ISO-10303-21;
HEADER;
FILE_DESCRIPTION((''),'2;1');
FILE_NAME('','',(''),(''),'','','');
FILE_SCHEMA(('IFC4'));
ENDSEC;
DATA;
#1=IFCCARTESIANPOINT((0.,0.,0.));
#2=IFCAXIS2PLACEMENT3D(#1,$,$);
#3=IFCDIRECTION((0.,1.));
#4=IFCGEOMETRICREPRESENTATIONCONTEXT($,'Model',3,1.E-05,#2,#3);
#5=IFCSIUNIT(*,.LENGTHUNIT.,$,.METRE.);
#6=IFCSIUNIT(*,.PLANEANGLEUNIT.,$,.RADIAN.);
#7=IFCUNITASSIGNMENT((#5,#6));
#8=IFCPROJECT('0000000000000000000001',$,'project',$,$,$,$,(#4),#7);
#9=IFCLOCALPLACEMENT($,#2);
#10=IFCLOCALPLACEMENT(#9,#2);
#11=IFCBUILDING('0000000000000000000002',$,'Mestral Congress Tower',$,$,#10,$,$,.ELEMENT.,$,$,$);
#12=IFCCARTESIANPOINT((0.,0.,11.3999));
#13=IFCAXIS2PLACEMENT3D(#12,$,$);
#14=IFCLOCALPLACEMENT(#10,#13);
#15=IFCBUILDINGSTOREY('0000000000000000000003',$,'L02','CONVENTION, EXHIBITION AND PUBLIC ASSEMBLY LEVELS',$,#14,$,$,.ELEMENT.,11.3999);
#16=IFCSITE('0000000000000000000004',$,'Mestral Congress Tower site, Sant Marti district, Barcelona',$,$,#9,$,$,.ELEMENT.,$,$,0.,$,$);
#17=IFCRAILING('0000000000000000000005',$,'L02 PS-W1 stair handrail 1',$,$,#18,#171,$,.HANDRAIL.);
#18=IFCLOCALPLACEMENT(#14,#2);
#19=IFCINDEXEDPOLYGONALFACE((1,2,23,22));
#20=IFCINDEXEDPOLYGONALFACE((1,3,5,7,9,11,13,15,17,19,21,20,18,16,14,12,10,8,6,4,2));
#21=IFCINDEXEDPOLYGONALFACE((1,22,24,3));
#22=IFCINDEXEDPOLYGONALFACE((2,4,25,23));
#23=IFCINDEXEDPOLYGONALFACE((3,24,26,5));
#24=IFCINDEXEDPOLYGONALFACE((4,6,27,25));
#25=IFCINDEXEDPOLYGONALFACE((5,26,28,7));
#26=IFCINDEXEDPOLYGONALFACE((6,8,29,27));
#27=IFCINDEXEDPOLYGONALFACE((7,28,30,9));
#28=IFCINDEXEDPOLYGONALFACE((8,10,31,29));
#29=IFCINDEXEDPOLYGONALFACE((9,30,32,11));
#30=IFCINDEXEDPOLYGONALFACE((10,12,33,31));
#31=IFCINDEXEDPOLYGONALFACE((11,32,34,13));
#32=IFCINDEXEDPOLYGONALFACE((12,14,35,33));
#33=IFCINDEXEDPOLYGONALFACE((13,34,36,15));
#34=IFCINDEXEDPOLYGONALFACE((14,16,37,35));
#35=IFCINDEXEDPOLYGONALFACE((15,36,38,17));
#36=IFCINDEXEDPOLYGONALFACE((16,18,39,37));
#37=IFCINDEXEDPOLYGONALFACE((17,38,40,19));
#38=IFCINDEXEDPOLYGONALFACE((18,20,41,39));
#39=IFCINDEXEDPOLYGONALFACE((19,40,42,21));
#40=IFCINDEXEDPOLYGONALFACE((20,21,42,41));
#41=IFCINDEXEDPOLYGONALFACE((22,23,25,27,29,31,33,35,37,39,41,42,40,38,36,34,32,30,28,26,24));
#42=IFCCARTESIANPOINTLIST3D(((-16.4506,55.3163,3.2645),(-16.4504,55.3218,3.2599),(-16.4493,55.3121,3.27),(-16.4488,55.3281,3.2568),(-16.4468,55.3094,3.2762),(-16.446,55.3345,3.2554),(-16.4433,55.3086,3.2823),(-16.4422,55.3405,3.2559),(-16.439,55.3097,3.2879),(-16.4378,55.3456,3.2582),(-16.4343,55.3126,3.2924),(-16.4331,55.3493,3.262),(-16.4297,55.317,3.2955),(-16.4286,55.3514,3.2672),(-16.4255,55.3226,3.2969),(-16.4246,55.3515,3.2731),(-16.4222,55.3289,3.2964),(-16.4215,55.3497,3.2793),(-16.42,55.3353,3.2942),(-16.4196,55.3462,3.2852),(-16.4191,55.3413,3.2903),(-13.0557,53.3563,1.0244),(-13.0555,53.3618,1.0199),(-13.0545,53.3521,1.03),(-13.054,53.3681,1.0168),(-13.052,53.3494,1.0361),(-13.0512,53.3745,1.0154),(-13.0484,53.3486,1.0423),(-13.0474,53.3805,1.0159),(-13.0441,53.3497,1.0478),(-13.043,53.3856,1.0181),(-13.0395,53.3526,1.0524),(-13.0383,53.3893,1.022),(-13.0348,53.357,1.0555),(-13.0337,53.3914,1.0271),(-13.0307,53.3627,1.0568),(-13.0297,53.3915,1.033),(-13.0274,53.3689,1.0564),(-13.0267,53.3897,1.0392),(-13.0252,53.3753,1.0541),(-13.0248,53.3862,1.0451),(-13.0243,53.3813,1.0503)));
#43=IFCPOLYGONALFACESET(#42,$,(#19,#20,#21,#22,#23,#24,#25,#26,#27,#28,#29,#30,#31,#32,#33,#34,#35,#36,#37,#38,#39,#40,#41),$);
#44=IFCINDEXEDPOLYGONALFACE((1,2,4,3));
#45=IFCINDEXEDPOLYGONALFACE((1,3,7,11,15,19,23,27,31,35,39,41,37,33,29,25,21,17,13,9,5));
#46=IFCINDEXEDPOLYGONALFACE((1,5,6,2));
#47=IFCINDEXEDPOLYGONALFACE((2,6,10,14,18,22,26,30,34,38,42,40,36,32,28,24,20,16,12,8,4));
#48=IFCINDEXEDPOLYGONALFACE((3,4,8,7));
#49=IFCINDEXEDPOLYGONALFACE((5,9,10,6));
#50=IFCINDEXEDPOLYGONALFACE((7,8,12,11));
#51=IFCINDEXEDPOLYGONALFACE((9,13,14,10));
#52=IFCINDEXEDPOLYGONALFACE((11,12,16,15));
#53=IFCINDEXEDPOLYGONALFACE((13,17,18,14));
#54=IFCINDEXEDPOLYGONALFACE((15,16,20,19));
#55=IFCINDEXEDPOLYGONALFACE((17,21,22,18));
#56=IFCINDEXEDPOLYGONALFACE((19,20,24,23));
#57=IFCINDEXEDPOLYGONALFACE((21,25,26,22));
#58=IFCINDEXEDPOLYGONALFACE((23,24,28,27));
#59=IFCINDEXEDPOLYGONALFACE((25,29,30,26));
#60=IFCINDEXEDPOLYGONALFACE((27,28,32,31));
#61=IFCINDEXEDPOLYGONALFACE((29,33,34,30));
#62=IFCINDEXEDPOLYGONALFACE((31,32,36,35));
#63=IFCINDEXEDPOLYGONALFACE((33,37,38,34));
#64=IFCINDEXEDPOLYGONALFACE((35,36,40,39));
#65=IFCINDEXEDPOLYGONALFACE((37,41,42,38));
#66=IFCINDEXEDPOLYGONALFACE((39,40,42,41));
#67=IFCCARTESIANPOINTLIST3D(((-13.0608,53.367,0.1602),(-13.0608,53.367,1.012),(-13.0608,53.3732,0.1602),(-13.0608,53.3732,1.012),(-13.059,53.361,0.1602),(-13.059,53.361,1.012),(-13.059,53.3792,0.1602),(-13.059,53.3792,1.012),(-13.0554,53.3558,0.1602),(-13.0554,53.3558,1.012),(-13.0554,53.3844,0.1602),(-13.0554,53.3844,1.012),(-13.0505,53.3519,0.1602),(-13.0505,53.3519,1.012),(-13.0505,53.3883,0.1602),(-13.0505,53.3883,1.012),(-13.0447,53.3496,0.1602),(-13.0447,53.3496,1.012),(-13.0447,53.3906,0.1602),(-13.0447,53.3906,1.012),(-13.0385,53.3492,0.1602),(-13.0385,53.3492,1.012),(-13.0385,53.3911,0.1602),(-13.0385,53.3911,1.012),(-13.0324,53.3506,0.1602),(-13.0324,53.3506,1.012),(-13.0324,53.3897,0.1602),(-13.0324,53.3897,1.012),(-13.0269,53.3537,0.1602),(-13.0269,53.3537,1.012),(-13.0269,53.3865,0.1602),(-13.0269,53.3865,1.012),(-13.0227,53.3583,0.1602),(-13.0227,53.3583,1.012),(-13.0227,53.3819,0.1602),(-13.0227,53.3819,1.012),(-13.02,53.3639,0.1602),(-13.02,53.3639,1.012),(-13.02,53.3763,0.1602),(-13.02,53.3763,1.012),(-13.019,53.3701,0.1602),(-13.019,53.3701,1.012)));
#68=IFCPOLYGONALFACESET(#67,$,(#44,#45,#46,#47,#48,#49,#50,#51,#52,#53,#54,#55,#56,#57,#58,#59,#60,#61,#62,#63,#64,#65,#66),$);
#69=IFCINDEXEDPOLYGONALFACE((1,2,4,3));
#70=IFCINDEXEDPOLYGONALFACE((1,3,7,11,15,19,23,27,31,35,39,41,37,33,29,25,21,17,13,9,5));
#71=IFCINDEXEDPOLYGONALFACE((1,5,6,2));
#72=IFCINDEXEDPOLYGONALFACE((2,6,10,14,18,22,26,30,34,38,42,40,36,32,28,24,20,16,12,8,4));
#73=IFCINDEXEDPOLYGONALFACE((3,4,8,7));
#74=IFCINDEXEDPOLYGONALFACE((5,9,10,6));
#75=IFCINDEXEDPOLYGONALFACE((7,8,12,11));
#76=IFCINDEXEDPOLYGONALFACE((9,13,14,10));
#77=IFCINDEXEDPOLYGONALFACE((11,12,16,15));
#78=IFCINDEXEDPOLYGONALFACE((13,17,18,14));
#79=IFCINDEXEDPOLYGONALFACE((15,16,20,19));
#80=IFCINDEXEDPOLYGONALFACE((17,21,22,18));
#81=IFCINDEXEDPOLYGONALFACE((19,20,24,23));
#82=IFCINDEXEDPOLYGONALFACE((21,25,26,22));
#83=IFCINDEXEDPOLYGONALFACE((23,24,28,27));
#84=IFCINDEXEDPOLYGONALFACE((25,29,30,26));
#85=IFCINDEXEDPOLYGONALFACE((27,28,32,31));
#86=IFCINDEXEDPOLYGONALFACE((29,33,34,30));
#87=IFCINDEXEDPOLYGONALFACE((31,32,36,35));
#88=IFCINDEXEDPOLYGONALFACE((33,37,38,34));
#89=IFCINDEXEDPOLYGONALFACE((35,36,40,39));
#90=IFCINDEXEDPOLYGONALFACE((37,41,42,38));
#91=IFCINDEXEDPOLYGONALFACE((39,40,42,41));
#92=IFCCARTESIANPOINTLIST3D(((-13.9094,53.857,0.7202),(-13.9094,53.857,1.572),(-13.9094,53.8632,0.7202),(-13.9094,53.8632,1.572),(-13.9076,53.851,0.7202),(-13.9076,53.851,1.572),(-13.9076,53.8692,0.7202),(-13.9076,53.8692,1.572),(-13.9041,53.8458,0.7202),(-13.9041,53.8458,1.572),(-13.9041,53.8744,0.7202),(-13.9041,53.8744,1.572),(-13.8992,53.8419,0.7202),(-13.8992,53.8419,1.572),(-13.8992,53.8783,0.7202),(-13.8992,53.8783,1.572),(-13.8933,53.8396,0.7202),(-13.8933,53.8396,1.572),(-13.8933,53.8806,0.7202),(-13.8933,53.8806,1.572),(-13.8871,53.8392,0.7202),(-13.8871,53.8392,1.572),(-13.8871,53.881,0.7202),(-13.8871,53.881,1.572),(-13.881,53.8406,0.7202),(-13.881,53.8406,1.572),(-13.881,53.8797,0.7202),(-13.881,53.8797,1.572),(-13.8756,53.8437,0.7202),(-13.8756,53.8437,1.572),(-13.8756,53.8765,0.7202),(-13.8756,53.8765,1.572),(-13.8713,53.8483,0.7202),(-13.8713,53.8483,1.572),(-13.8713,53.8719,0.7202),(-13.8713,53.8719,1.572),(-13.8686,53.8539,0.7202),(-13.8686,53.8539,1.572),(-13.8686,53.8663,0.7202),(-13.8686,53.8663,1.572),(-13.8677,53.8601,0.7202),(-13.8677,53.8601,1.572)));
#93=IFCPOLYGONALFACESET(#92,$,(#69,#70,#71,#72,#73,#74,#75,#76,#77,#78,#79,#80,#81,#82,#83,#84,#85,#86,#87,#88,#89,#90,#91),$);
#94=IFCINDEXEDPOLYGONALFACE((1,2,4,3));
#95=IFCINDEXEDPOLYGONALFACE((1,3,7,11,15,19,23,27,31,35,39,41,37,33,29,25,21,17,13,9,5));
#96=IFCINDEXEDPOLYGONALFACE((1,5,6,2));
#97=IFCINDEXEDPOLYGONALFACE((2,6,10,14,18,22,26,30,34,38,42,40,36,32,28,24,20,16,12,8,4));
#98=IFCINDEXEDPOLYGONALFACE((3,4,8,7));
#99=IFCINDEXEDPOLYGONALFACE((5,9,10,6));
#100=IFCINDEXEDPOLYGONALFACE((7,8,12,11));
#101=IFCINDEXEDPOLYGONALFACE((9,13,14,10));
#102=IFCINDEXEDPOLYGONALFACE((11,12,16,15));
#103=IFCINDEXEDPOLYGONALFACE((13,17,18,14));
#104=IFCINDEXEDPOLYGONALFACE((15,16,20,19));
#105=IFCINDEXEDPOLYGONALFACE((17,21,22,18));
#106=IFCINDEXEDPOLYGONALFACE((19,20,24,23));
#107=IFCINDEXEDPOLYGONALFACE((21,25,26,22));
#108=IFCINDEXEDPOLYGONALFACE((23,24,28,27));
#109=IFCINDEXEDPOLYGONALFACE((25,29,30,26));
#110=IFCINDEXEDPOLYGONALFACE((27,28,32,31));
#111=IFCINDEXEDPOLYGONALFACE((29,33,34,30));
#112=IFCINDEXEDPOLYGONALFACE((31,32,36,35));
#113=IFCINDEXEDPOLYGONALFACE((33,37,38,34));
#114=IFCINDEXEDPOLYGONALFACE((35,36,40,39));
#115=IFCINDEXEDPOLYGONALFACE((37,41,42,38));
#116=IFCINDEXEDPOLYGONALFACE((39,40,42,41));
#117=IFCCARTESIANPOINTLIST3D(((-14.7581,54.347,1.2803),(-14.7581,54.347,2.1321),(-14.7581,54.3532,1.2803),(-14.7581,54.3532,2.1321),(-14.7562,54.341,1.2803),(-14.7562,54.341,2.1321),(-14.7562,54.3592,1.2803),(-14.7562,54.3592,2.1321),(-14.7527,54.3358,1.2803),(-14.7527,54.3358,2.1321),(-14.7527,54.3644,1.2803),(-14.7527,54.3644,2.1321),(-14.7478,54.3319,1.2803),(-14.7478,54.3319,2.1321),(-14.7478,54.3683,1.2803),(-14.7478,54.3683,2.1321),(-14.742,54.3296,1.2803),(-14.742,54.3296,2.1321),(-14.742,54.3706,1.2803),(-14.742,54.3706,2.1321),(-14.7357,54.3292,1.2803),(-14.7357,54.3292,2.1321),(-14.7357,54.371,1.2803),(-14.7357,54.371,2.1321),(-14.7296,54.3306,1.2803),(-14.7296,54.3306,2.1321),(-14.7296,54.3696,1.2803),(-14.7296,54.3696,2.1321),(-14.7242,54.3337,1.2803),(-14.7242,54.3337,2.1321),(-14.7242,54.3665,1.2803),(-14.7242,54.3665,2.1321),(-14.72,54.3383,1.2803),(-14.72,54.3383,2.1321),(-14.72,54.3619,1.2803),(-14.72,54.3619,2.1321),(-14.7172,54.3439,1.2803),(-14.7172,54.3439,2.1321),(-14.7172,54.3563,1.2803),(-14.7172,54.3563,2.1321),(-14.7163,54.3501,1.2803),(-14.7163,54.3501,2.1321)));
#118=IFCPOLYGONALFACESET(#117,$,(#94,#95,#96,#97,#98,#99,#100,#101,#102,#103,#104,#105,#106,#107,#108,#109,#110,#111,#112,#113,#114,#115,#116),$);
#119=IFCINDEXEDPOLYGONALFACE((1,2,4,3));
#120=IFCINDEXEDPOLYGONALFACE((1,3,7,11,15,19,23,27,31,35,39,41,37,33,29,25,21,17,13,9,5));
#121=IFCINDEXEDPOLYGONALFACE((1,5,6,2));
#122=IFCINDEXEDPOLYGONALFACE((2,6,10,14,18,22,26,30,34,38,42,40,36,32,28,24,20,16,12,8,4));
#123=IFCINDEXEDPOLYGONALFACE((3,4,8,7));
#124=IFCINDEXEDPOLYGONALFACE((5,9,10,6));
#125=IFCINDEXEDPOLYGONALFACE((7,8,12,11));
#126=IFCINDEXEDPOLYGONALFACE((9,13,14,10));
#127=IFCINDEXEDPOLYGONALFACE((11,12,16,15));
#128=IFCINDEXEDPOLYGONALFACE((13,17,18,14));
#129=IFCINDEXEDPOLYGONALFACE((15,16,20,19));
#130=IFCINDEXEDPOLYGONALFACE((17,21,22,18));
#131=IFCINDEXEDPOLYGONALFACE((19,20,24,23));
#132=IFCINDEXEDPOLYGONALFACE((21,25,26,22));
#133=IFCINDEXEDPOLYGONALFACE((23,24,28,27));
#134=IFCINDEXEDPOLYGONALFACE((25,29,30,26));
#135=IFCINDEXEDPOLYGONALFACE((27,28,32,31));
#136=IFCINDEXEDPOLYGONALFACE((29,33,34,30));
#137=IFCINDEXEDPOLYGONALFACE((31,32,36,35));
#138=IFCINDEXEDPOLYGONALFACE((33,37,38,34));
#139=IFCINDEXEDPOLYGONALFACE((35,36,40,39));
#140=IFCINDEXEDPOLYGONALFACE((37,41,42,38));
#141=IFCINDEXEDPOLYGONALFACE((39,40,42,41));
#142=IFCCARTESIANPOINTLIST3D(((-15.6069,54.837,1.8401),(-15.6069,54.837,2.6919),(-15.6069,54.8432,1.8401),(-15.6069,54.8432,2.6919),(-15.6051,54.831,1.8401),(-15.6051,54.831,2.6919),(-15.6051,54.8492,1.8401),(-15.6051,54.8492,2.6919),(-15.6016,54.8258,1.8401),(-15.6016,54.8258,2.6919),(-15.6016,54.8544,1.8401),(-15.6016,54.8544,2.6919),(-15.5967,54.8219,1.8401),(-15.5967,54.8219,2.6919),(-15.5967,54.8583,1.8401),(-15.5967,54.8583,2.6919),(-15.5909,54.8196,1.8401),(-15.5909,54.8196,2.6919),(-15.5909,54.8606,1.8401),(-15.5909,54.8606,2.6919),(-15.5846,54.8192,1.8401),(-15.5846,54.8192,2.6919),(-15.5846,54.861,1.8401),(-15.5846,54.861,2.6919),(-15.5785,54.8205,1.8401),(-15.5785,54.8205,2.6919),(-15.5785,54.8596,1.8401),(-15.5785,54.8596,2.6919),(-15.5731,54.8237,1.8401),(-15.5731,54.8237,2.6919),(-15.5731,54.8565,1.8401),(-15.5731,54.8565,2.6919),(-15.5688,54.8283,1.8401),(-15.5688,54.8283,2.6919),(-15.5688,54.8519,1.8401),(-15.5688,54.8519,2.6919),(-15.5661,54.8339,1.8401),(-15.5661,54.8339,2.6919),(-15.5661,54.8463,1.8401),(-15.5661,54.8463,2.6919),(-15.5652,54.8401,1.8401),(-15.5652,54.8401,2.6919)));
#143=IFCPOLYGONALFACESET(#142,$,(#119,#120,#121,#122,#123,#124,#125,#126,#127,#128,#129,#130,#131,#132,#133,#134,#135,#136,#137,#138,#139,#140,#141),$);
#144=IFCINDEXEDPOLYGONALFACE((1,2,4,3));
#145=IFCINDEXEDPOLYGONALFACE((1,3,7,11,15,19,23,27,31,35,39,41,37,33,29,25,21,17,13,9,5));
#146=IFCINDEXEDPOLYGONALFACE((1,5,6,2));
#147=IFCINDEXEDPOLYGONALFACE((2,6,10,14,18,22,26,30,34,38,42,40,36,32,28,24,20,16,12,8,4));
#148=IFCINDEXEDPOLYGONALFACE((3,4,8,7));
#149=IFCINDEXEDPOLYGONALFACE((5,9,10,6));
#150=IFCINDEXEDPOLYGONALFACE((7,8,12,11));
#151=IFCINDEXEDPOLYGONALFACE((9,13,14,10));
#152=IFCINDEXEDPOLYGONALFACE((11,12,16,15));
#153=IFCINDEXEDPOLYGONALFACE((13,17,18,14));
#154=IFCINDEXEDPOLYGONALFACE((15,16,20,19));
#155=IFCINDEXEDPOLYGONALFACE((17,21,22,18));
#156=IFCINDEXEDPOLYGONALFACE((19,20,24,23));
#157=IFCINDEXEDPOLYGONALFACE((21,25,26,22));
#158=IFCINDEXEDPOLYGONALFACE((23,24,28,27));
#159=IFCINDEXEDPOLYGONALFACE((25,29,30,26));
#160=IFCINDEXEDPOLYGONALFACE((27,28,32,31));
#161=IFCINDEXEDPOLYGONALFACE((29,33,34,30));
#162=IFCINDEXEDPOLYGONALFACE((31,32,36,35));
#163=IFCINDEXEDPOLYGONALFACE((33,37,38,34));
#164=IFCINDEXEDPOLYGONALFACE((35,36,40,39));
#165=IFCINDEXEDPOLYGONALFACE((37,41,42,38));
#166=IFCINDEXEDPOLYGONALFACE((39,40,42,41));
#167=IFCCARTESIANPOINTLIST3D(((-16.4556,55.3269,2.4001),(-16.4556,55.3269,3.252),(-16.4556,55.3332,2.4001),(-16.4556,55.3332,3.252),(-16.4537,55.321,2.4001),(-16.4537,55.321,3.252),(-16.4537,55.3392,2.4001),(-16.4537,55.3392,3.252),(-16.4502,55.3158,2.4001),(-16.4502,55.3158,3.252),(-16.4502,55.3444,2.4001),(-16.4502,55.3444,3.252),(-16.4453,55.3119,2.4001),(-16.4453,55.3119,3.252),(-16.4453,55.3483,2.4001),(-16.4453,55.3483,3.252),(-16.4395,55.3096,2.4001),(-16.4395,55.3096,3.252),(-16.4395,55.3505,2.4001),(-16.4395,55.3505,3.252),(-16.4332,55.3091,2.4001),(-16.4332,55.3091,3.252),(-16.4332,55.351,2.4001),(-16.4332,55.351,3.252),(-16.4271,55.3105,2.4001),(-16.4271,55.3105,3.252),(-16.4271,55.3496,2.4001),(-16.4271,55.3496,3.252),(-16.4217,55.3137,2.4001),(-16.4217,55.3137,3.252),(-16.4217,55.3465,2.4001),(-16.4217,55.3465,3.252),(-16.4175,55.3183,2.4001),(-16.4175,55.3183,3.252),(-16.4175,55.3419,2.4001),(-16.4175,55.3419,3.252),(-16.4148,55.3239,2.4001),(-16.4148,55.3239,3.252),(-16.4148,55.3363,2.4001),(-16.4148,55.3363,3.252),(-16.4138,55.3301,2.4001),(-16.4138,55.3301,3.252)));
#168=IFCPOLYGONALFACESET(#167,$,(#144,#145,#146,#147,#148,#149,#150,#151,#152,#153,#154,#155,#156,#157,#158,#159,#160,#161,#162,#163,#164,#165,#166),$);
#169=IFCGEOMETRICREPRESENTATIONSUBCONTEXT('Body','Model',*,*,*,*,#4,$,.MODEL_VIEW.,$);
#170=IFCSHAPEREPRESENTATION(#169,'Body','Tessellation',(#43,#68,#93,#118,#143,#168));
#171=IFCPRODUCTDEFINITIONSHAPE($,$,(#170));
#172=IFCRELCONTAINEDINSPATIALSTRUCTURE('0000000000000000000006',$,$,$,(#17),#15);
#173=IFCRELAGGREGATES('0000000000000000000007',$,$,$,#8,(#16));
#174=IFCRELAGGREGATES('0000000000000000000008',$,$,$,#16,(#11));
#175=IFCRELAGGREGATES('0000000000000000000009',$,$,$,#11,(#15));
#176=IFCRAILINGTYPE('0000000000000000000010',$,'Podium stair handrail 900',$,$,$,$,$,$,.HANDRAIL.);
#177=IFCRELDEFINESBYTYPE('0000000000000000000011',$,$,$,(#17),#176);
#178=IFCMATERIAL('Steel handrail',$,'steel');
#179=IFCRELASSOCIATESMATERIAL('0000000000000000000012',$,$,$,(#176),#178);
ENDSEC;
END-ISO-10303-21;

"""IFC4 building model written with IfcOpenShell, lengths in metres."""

from ifc_helpers import new_model, si_unit, direction, frame, origin, origin_2d, place, context, subcontext, project, spatial, circle, extrude, material, type_object, element, save


model = new_model("IFC4")

# Units and contexts
model_context = context("Model", 3, precision=1e-05, world=origin(), true_north=direction((0.0, 1.0)))
body_context = subcontext(model_context, "Body", "Model", "MODEL_VIEW")
ifc_project = project(units=[si_unit("LENGTHUNIT", "METRE"), si_unit("PLANEANGLEUNIT", "RADIAN")], contexts=[model_context])

# Site, building, storey
site_placement = place(None, origin())
site = spatial("IfcSite", under=ifc_project, at=site_placement, Name="Mestral Congress Tower site, Sant Marti district, Barcelona", CompositionType="ELEMENT", RefElevation=0.0)
building_placement = place(site_placement, origin())
building = spatial("IfcBuilding", under=site, at=building_placement, Name="Mestral Congress Tower", CompositionType="ELEMENT")
storey_placement = place(building_placement, frame((0.0, 0.0, 11.3999)))
storey = spatial("IfcBuildingStorey", under=building, at=storey_placement, Name="L02", Description="CONVENTION, EXHIBITION AND PUBLIC ASSEMBLY LEVELS", CompositionType="ELEMENT", Elevation=11.3999)

# Railing
ifc_material_1 = material(Name="Steel handrail", Category="steel")
railing_type_1 = type_object("IfcRailingType", Name="Podium stair handrail 900", PredefinedType="HANDRAIL", material=ifc_material_1)
railing_1_placement = place(storey_placement, frame((-13.04, 53.3701, 0.1602)))
element("IfcRailing", 1, at=railing_1_placement, inside=storey, type_object=railing_type_1, Name="L02 PS-W1 stair handrail 1", PredefinedType="HANDRAIL", context=body_context, shape_type="SweptSolid", body=[
    extrude(circle(Radius=0.0239, at=origin_2d()), frame((0.0, 0.0, 0.876), z_axis=(-0.75192, 0.434118, 0.496143), x_axis=(-0.499997, -0.866027, 0.0)), (0.0, 0.0, 1.0), 4.5149),
    extrude(circle(Radius=0.021, at=origin_2d()), origin(), (0.0, 0.0, 1.0), 0.8518),
    extrude(circle(Radius=0.021, at=origin_2d()), frame((-0.8486, 0.49, 0.5601)), (0.0, 0.0, 1.0), 0.8518),
    extrude(circle(Radius=0.021, at=origin_2d()), frame((-1.6973, 0.98, 1.1201)), (0.0, 0.0, 1.0), 0.8518),
    extrude(circle(Radius=0.021, at=origin_2d()), frame((-2.5461, 1.47, 1.6799)), (0.0, 0.0, 1.0), 0.8518),
    extrude(circle(Radius=0.021, at=origin_2d()), frame((-3.3948, 1.96, 2.24)), (0.0, 0.0, 1.0), 0.8518),
])

save(model, "model.ifc")
